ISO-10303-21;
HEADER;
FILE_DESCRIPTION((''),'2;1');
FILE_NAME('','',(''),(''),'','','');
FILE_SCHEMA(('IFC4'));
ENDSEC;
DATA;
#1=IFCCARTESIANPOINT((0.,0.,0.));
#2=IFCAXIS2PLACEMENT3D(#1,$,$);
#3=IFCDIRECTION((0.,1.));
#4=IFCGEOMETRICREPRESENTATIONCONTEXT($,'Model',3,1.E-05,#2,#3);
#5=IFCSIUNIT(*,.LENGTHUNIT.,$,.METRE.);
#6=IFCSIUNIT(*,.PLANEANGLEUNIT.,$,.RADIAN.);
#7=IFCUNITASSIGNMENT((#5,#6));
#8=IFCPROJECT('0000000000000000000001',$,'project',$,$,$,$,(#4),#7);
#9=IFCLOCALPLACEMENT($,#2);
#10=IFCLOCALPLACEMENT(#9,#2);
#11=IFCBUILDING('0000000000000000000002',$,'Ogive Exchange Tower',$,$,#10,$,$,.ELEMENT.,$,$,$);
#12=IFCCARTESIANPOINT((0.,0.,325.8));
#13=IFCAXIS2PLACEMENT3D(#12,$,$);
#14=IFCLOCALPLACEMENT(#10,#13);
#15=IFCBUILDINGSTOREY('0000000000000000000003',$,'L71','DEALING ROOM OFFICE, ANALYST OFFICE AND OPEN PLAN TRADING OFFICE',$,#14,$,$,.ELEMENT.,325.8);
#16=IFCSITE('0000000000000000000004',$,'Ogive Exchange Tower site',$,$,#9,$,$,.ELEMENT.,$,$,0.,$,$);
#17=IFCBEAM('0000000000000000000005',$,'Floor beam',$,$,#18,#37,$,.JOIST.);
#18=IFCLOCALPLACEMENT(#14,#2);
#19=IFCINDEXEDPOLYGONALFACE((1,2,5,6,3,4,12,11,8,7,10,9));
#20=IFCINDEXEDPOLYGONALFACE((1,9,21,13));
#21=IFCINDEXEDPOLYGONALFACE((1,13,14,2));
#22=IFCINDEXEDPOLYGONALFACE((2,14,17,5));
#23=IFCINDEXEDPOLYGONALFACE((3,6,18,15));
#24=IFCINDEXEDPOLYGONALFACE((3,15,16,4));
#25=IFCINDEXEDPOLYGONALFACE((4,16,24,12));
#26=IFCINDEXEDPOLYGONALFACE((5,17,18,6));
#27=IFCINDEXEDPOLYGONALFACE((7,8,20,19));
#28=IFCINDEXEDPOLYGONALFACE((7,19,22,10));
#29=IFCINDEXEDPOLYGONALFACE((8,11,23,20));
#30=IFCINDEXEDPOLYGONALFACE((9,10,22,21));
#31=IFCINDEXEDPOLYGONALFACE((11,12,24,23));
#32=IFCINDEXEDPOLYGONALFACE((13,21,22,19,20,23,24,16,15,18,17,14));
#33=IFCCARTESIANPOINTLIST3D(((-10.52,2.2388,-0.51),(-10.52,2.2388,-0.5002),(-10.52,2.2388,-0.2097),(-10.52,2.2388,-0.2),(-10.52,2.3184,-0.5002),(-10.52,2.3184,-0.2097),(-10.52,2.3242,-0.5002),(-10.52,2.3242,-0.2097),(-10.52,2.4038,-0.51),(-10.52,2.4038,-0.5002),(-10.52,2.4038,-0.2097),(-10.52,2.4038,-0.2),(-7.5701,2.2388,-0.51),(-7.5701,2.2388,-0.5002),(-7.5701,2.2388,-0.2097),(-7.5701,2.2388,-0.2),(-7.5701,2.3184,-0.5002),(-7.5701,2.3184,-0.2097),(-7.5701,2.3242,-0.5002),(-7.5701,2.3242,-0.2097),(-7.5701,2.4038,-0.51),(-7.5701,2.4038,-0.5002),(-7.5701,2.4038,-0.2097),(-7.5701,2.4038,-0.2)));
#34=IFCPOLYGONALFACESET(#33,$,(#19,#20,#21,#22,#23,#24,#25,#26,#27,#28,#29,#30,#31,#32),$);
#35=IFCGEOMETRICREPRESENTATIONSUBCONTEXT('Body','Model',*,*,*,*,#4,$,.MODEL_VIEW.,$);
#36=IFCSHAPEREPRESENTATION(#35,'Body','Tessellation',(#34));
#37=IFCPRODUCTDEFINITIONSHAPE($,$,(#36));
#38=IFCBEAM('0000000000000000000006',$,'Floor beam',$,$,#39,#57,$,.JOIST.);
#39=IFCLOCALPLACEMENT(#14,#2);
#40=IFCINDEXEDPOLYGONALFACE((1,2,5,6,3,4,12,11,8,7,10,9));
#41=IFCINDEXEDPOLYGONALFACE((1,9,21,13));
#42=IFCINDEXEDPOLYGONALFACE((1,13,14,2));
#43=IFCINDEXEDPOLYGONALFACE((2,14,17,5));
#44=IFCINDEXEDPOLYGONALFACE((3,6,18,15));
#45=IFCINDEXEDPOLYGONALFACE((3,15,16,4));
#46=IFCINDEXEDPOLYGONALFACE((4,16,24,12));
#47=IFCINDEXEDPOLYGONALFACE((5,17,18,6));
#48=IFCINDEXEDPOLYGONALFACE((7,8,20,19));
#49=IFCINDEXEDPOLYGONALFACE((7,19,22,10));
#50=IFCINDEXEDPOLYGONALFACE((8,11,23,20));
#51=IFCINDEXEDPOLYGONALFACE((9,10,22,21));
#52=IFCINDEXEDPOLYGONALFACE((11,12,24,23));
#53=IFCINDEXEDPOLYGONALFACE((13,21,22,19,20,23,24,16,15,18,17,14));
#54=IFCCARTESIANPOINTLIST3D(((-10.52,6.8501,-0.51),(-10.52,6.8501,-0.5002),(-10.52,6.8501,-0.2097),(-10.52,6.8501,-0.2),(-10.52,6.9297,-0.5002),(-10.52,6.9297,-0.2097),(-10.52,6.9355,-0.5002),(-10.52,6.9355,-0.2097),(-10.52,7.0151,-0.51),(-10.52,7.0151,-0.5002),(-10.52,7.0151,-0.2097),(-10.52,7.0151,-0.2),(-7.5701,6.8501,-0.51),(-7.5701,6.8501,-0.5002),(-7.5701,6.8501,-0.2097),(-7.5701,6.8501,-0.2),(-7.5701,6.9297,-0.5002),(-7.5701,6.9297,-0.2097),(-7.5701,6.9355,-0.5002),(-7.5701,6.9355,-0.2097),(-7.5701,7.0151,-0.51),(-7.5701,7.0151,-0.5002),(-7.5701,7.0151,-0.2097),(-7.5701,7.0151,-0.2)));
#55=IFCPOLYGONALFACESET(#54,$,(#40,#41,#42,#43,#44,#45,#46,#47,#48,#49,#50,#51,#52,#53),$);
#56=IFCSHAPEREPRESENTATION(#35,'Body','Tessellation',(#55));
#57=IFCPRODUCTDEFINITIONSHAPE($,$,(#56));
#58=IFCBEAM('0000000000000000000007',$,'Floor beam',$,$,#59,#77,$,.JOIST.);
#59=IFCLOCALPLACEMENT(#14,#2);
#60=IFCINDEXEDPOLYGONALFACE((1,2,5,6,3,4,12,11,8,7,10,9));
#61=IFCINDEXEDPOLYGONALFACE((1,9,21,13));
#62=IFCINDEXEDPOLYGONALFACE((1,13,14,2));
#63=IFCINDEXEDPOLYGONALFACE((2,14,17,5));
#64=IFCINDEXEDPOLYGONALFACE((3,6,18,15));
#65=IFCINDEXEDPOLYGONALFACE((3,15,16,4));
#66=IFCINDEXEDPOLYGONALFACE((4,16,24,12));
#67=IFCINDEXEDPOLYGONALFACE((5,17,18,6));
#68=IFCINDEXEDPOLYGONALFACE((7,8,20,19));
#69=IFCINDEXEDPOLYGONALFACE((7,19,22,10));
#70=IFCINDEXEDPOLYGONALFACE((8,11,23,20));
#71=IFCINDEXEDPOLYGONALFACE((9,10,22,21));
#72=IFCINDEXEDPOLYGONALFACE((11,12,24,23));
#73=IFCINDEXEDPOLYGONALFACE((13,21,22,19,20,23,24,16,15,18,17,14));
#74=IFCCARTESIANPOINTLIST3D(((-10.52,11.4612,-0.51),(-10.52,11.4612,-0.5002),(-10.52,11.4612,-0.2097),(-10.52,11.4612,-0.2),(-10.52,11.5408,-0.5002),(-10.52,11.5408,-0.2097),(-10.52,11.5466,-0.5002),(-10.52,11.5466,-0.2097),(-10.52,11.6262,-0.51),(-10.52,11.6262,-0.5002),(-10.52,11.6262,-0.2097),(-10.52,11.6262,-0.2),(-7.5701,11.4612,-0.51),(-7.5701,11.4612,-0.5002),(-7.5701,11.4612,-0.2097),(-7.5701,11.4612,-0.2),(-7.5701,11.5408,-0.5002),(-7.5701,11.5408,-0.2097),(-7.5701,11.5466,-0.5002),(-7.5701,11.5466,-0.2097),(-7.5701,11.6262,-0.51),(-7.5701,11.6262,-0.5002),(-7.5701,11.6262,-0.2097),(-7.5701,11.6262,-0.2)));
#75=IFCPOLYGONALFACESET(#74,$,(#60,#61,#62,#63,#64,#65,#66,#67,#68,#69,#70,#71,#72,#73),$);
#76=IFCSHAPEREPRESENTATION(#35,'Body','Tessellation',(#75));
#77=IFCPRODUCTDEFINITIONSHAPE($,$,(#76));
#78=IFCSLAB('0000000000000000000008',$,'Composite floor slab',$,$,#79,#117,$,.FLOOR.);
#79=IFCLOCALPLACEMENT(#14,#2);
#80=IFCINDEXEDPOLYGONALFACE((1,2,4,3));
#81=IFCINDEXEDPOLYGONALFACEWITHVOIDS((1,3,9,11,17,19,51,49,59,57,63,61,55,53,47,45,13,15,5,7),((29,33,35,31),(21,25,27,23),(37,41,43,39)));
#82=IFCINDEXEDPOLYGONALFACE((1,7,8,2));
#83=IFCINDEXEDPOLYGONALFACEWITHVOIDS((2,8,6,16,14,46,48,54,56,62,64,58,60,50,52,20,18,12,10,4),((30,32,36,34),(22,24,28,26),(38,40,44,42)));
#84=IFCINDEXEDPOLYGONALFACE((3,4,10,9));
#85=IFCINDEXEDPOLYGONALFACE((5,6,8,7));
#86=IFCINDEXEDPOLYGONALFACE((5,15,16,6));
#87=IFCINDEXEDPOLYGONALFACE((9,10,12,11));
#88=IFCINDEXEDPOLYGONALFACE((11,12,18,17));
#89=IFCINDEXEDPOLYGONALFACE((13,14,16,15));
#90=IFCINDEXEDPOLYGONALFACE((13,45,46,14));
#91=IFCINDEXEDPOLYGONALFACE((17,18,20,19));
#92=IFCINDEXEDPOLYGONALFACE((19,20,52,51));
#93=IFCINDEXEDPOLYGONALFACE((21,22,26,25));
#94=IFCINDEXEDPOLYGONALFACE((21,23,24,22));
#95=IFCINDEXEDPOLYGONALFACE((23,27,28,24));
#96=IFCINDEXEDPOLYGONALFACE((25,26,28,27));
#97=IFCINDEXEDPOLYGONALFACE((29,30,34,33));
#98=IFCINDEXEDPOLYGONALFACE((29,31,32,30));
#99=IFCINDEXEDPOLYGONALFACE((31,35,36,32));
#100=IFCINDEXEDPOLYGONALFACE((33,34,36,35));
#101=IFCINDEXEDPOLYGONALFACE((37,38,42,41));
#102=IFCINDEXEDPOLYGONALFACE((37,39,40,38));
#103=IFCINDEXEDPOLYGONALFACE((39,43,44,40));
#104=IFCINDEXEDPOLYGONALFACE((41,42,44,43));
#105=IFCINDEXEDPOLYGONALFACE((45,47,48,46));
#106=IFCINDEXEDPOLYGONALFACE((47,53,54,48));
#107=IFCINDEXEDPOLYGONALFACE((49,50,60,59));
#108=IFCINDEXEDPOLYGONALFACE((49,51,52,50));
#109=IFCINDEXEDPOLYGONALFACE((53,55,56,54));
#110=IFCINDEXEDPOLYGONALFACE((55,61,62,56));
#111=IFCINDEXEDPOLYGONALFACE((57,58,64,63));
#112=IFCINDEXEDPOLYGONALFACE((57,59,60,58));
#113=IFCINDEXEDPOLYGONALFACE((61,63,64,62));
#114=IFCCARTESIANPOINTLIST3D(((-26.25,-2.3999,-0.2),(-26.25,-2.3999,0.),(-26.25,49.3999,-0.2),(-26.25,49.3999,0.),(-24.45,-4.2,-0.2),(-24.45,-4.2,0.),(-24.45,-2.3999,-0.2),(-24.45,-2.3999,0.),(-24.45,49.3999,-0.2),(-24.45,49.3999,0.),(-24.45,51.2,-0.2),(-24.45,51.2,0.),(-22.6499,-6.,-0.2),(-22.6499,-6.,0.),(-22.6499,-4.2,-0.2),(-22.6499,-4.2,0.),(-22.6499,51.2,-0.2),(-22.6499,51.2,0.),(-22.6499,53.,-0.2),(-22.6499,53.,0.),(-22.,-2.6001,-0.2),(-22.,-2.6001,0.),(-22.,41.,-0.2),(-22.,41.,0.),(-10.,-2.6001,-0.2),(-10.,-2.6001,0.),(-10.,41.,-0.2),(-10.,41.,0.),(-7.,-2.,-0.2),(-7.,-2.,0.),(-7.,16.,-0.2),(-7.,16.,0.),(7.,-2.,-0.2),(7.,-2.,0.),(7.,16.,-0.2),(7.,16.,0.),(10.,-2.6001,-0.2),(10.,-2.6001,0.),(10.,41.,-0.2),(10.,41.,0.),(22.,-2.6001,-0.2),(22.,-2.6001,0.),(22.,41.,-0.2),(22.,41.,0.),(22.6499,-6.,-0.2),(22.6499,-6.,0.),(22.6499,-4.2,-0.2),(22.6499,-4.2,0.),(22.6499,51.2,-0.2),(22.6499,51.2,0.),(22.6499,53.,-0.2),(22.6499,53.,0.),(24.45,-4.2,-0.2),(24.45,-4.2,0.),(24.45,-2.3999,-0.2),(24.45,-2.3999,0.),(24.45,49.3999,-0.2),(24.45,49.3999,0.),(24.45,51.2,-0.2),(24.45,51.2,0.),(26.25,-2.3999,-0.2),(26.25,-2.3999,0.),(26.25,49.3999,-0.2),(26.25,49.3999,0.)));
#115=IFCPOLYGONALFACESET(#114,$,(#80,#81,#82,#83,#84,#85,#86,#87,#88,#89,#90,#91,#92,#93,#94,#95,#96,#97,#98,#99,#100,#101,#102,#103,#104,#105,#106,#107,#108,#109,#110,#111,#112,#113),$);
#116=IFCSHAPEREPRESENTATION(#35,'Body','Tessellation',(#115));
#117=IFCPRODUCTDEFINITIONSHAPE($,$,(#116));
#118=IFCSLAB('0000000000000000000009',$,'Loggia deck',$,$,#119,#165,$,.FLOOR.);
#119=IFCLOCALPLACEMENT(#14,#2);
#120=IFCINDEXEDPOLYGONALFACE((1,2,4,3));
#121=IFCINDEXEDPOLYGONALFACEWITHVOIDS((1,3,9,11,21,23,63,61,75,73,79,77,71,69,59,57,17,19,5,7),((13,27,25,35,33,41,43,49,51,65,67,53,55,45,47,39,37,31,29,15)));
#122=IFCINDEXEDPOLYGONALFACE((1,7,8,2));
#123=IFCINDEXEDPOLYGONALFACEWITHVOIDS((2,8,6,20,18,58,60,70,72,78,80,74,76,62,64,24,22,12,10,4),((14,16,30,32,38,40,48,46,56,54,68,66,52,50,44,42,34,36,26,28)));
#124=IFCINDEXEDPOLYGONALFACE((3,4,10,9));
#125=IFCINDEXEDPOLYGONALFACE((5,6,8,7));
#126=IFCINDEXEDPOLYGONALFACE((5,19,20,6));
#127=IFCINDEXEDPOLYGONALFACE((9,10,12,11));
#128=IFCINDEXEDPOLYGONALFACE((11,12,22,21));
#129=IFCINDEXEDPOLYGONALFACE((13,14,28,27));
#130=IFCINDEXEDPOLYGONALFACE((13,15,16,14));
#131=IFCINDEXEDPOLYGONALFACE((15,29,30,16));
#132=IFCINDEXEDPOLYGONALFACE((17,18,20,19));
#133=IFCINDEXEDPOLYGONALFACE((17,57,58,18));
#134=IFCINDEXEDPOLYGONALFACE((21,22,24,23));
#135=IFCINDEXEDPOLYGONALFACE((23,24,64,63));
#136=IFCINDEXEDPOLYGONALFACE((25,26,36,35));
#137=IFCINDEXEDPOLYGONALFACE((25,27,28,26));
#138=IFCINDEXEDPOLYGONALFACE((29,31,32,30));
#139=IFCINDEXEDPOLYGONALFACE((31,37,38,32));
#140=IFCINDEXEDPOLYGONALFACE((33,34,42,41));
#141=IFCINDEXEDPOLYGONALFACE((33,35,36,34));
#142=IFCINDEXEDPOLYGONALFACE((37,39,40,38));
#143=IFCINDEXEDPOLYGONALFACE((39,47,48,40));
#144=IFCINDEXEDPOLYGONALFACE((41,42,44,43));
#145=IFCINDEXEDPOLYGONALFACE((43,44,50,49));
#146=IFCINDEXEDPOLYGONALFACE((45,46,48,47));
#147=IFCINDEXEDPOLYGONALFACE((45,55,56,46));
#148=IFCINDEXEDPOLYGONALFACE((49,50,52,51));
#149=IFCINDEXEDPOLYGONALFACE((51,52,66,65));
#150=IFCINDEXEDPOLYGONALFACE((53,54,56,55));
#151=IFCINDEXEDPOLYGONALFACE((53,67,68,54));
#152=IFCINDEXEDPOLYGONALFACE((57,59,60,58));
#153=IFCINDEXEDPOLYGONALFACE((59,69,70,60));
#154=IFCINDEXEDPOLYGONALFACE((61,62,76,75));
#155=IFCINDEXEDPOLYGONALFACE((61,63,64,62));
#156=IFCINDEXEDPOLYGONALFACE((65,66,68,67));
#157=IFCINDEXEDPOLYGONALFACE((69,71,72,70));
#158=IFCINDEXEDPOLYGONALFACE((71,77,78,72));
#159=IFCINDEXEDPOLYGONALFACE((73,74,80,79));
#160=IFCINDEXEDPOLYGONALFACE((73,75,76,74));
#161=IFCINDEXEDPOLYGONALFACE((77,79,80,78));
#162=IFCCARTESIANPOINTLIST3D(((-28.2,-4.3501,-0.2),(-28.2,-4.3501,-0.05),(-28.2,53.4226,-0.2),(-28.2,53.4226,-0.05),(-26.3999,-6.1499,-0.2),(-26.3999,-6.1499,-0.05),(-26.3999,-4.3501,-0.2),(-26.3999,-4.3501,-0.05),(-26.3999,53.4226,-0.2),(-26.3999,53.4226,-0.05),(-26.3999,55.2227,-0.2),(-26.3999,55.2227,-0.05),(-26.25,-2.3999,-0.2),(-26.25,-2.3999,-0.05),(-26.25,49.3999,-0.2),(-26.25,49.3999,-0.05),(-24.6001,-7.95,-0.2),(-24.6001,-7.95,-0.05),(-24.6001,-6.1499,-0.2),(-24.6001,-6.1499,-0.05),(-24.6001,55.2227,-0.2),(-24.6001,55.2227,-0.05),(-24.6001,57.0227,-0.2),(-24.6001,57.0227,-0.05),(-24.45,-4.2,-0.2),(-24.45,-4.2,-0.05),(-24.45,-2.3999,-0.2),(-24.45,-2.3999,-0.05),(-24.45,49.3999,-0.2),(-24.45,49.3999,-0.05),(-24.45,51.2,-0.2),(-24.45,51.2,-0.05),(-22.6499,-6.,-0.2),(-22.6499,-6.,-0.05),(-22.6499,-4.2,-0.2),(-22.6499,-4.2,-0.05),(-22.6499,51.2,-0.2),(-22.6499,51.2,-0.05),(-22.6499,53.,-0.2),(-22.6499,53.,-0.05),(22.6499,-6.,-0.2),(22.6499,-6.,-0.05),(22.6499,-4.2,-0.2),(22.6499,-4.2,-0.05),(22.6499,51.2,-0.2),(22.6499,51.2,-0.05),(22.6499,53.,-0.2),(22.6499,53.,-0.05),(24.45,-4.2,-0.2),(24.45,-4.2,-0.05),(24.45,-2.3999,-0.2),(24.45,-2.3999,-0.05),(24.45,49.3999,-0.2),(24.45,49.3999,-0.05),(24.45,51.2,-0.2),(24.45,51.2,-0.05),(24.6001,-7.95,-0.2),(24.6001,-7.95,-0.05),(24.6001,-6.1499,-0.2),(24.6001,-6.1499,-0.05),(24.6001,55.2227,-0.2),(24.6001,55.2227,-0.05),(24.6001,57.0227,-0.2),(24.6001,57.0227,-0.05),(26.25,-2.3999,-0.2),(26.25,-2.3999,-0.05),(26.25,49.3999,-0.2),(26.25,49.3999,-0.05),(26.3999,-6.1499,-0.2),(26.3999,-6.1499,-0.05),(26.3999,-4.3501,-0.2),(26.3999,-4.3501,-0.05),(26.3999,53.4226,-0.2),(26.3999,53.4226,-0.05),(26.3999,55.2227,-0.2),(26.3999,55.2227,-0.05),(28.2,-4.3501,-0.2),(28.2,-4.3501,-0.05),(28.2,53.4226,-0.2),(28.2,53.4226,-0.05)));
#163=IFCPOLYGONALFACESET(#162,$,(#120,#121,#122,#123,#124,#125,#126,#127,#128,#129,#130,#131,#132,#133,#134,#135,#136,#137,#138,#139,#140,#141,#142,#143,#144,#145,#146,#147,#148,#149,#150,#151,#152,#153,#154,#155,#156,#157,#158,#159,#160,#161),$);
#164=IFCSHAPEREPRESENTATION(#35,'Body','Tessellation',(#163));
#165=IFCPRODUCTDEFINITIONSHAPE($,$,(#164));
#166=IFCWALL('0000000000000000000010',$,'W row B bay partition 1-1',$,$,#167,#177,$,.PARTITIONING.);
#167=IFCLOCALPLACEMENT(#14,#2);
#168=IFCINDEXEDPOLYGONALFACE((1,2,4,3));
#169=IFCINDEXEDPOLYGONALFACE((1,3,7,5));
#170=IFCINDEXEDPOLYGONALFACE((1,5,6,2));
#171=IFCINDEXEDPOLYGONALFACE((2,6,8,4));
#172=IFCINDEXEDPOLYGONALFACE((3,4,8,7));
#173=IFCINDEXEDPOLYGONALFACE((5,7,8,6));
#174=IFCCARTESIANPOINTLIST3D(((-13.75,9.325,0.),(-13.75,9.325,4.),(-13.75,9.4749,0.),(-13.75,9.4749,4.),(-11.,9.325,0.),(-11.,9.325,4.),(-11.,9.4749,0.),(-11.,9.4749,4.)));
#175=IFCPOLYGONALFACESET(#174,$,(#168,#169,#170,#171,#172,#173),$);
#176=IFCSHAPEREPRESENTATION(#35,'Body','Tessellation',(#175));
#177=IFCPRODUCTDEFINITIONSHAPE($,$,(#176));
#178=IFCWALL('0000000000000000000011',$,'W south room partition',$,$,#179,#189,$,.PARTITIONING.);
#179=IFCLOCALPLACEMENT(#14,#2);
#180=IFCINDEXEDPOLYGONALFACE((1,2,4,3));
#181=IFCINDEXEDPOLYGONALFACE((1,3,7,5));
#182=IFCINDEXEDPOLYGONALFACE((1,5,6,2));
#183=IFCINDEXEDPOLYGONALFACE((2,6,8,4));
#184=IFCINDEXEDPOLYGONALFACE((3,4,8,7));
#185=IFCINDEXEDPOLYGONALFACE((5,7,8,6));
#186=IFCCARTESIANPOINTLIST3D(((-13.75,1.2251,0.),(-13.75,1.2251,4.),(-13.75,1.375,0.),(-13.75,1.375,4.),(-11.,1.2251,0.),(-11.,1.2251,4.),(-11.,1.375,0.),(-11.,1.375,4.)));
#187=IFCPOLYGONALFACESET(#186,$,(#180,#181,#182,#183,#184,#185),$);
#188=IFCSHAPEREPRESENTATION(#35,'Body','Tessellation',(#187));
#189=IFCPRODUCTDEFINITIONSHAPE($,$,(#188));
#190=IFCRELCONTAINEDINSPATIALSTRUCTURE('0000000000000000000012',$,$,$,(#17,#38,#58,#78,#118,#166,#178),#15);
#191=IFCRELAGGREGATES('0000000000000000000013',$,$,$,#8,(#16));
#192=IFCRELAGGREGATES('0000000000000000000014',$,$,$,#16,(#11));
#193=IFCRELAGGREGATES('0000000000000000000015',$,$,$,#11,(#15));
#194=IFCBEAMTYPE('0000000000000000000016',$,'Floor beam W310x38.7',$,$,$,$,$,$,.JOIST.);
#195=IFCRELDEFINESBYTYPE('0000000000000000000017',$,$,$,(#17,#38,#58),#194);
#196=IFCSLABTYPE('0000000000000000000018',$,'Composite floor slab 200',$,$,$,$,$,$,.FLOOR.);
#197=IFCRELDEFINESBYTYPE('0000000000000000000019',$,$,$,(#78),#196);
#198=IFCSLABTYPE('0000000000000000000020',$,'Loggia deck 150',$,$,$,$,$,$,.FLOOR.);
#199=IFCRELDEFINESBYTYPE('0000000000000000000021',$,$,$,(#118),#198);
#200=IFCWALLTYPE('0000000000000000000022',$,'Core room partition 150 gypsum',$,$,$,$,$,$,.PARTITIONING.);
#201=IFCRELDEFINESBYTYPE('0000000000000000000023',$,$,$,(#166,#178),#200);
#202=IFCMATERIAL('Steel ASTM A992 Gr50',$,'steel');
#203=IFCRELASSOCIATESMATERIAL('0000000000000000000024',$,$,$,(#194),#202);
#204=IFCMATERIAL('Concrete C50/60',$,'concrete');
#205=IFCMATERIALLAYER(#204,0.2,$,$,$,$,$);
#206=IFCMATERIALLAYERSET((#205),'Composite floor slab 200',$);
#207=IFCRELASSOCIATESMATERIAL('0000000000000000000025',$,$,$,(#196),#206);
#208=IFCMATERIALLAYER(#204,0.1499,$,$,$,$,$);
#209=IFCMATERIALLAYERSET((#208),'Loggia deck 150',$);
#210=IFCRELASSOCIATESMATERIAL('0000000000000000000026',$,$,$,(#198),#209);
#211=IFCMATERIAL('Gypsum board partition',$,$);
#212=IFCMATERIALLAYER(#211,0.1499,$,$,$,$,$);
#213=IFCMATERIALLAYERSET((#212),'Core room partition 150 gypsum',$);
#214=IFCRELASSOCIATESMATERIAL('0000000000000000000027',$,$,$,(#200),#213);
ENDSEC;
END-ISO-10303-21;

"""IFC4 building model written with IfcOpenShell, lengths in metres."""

from ifc_helpers import new_model, si_unit, direction, frame, frame_2d, origin, origin_2d, place, context, subcontext, project, spatial, polyline, rectangle, i_section, outline, extrude, material, layer, layer_set, material_profile, profile_set, type_object, element, save


model = new_model("IFC4")

# Units and contexts
model_context = context("Model", 3, precision=1e-05, world=origin(), true_north=direction((0.0, 1.0)))
body_context = subcontext(model_context, "Body", "Model", "MODEL_VIEW")
ifc_project = project(units=[si_unit("LENGTHUNIT", "METRE"), si_unit("PLANEANGLEUNIT", "RADIAN")], contexts=[model_context])

# Site, building, storey
site_placement = place(None, origin())
site = spatial("IfcSite", under=ifc_project, at=site_placement, Name="Ogive Exchange Tower site", CompositionType="ELEMENT", RefElevation=0.0)
building_placement = place(site_placement, origin())
building = spatial("IfcBuilding", under=site, at=building_placement, Name="Ogive Exchange Tower", CompositionType="ELEMENT")
storey_placement = place(building_placement, frame((0.0, 0.0, 325.8)))
storey = spatial("IfcBuildingStorey", under=building, at=storey_placement, Name="L71", Description="DEALING ROOM OFFICE, ANALYST OFFICE AND OPEN PLAN TRADING OFFICE", CompositionType="ELEMENT", Elevation=325.8)

# Beams
ifc_material_1 = material(Name="Steel ASTM A992 Gr50", Category="steel")
ifc_material_profile = material_profile(ifc_material_1, i_section(OverallWidth=0.165, OverallDepth=0.3101, WebThickness=0.0059, FlangeThickness=0.0098, at=origin_2d()), Name="W310x38.7")
ifc_profile_set = profile_set([ifc_material_profile], Name="Steel ASTM A992 Gr50")
beam_type = type_object("IfcBeamType", Name="Floor beam W310x38.7", PredefinedType="JOIST", material=ifc_profile_set)
for number, where, z_axis, x_axis, name in (
    (1, (-10.52, 2.3213, -0.355), (1.0, 0.0, 0.0), (0.0, 1.0, 0.0), "Floor beam"),
    (2, (-10.52, 6.9326, -0.355), (1.0, 0.0, 0.0), (0.0, 1.0, 0.0), "Floor beam"),
    (3, (-10.52, 11.5437, -0.355), (1.0, 0.0, 0.0), (0.0, 1.0, 0.0), "Floor beam"),
):
    element("IfcBeam", number, at=place(storey_placement, frame(where, z_axis=z_axis, x_axis=x_axis)), inside=storey, type_object=beam_type, Name=name, PredefinedType="JOIST", context=body_context, shape_type="SweptSolid", body=[
        extrude(i_section(OverallWidth=0.165, OverallDepth=0.3101, WebThickness=0.0059, FlangeThickness=0.0098, at=origin_2d()), origin(), (0.0, 0.0, 1.0), 2.95),
    ])

# Slabs
ifc_material_2 = material(Name="Concrete C50/60", Category="concrete")
ifc_layer_1 = layer(ifc_material_2, 0.2)
ifc_layer_set_1 = layer_set([ifc_layer_1], Name="Composite floor slab 200")
slab_type_1 = type_object("IfcSlabType", Name="Composite floor slab 200", PredefinedType="FLOOR", material=ifc_layer_set_1)
slab_1_placement = place(storey_placement, frame((0.0, 0.0, -0.2)))
element("IfcSlab", 4, at=slab_1_placement, inside=storey, type_object=slab_type_1, Name="Composite floor slab", PredefinedType="FLOOR", context=body_context, shape_type="SweptSolid", body=[
    extrude(outline(polyline([(-22.6499, -4.2), (-24.45, -4.2), (-24.45, -2.3999), (-26.25, -2.3999), (-26.25, 49.3999), (-24.45, 49.3999), (-24.45, 51.2), (-22.6499, 51.2), (-22.6499, 53.0), (22.6499, 53.0), (22.6499, 51.2), (24.45, 51.2), (24.45, 49.3999), (26.25, 49.3999), (26.25, -2.3999), (24.45, -2.3999), (24.45, -4.2), (22.6499, -4.2), (22.6499, -6.0), (-22.6499, -6.0), (-22.6499, -4.2)]), holes=[polyline([(7.0, -2.0), (7.0, 16.0), (-7.0, 16.0), (-7.0, -2.0), (7.0, -2.0)]), polyline([(-22.0, -2.6001), (-10.0, -2.6001), (-10.0, 41.0), (-22.0, 41.0), (-22.0, -2.6001)]), polyline([(10.0, -2.6001), (22.0, -2.6001), (22.0, 41.0), (10.0, 41.0), (10.0, -2.6001)])]), origin(), (0.0, 0.0, 1.0), 0.2),
])
ifc_layer_2 = layer(ifc_material_2, 0.1499)
ifc_layer_set_2 = layer_set([ifc_layer_2], Name="Loggia deck 150")
slab_type_2 = type_object("IfcSlabType", Name="Loggia deck 150", PredefinedType="FLOOR", material=ifc_layer_set_2)
slab_2_placement = place(storey_placement, frame((0.0, 0.0, -0.2)))
element("IfcSlab", 5, at=slab_2_placement, inside=storey, type_object=slab_type_2, Name="Loggia deck", PredefinedType="FLOOR", context=body_context, shape_type="SweptSolid", body=[
    extrude(outline(polyline([(-24.6001, -6.1499), (-26.3999, -6.1499), (-26.3999, -4.3501), (-28.2, -4.3501), (-28.2, 53.4226), (-26.3999, 53.4226), (-26.3999, 55.2227), (-24.6001, 55.2227), (-24.6001, 57.0227), (24.6001, 57.0227), (24.6001, 55.2227), (26.3999, 55.2227), (26.3999, 53.4226), (28.2, 53.4226), (28.2, -4.3501), (26.3999, -4.3501), (26.3999, -6.1499), (24.6001, -6.1499), (24.6001, -7.95), (-24.6001, -7.95), (-24.6001, -6.1499)]), holes=[polyline([(22.6499, -4.2), (24.45, -4.2), (24.45, -2.3999), (26.25, -2.3999), (26.25, 49.3999), (24.45, 49.3999), (24.45, 51.2), (22.6499, 51.2), (22.6499, 53.0), (-22.6499, 53.0), (-22.6499, 51.2), (-24.45, 51.2), (-24.45, 49.3999), (-26.25, 49.3999), (-26.25, -2.3999), (-24.45, -2.3999), (-24.45, -4.2), (-22.6499, -4.2), (-22.6499, -6.0), (22.6499, -6.0), (22.6499, -4.2)])]), origin(), (0.0, 0.0, 1.0), 0.1499),
])

# Walls
ifc_material_3 = material(Name="Gypsum board partition")
ifc_layer_3 = layer(ifc_material_3, 0.1499)
ifc_layer_set_3 = layer_set([ifc_layer_3], Name="Core room partition 150 gypsum")
wall_type_1 = type_object("IfcWallType", Name="Core room partition 150 gypsum", PredefinedType="PARTITIONING", material=ifc_layer_set_3)
for number, where, z_axis, x_axis, name in (
    (6, (-13.75, 9.3999, 0.0), (0.0, 0.0, 1.0), (1.0, 0.0, 0.0), "W row B bay partition 1-1"),
    (7, (-13.75, 1.3, 0.0), (0.0, 0.0, 1.0), (1.0, 0.0, 0.0), "W south room partition"),
):
    element("IfcWall", number, at=place(storey_placement, frame(where, z_axis=z_axis, x_axis=x_axis)), inside=storey, type_object=wall_type_1, Name=name, PredefinedType="PARTITIONING", context=body_context, shape_type="SweptSolid", body=[
        extrude(rectangle(XDim=2.75, YDim=0.1499, at=frame_2d((1.375, 0.0))), origin(), (0.0, 0.0, 1.0), 4.0),
    ])

save(model, "model.ifc")
